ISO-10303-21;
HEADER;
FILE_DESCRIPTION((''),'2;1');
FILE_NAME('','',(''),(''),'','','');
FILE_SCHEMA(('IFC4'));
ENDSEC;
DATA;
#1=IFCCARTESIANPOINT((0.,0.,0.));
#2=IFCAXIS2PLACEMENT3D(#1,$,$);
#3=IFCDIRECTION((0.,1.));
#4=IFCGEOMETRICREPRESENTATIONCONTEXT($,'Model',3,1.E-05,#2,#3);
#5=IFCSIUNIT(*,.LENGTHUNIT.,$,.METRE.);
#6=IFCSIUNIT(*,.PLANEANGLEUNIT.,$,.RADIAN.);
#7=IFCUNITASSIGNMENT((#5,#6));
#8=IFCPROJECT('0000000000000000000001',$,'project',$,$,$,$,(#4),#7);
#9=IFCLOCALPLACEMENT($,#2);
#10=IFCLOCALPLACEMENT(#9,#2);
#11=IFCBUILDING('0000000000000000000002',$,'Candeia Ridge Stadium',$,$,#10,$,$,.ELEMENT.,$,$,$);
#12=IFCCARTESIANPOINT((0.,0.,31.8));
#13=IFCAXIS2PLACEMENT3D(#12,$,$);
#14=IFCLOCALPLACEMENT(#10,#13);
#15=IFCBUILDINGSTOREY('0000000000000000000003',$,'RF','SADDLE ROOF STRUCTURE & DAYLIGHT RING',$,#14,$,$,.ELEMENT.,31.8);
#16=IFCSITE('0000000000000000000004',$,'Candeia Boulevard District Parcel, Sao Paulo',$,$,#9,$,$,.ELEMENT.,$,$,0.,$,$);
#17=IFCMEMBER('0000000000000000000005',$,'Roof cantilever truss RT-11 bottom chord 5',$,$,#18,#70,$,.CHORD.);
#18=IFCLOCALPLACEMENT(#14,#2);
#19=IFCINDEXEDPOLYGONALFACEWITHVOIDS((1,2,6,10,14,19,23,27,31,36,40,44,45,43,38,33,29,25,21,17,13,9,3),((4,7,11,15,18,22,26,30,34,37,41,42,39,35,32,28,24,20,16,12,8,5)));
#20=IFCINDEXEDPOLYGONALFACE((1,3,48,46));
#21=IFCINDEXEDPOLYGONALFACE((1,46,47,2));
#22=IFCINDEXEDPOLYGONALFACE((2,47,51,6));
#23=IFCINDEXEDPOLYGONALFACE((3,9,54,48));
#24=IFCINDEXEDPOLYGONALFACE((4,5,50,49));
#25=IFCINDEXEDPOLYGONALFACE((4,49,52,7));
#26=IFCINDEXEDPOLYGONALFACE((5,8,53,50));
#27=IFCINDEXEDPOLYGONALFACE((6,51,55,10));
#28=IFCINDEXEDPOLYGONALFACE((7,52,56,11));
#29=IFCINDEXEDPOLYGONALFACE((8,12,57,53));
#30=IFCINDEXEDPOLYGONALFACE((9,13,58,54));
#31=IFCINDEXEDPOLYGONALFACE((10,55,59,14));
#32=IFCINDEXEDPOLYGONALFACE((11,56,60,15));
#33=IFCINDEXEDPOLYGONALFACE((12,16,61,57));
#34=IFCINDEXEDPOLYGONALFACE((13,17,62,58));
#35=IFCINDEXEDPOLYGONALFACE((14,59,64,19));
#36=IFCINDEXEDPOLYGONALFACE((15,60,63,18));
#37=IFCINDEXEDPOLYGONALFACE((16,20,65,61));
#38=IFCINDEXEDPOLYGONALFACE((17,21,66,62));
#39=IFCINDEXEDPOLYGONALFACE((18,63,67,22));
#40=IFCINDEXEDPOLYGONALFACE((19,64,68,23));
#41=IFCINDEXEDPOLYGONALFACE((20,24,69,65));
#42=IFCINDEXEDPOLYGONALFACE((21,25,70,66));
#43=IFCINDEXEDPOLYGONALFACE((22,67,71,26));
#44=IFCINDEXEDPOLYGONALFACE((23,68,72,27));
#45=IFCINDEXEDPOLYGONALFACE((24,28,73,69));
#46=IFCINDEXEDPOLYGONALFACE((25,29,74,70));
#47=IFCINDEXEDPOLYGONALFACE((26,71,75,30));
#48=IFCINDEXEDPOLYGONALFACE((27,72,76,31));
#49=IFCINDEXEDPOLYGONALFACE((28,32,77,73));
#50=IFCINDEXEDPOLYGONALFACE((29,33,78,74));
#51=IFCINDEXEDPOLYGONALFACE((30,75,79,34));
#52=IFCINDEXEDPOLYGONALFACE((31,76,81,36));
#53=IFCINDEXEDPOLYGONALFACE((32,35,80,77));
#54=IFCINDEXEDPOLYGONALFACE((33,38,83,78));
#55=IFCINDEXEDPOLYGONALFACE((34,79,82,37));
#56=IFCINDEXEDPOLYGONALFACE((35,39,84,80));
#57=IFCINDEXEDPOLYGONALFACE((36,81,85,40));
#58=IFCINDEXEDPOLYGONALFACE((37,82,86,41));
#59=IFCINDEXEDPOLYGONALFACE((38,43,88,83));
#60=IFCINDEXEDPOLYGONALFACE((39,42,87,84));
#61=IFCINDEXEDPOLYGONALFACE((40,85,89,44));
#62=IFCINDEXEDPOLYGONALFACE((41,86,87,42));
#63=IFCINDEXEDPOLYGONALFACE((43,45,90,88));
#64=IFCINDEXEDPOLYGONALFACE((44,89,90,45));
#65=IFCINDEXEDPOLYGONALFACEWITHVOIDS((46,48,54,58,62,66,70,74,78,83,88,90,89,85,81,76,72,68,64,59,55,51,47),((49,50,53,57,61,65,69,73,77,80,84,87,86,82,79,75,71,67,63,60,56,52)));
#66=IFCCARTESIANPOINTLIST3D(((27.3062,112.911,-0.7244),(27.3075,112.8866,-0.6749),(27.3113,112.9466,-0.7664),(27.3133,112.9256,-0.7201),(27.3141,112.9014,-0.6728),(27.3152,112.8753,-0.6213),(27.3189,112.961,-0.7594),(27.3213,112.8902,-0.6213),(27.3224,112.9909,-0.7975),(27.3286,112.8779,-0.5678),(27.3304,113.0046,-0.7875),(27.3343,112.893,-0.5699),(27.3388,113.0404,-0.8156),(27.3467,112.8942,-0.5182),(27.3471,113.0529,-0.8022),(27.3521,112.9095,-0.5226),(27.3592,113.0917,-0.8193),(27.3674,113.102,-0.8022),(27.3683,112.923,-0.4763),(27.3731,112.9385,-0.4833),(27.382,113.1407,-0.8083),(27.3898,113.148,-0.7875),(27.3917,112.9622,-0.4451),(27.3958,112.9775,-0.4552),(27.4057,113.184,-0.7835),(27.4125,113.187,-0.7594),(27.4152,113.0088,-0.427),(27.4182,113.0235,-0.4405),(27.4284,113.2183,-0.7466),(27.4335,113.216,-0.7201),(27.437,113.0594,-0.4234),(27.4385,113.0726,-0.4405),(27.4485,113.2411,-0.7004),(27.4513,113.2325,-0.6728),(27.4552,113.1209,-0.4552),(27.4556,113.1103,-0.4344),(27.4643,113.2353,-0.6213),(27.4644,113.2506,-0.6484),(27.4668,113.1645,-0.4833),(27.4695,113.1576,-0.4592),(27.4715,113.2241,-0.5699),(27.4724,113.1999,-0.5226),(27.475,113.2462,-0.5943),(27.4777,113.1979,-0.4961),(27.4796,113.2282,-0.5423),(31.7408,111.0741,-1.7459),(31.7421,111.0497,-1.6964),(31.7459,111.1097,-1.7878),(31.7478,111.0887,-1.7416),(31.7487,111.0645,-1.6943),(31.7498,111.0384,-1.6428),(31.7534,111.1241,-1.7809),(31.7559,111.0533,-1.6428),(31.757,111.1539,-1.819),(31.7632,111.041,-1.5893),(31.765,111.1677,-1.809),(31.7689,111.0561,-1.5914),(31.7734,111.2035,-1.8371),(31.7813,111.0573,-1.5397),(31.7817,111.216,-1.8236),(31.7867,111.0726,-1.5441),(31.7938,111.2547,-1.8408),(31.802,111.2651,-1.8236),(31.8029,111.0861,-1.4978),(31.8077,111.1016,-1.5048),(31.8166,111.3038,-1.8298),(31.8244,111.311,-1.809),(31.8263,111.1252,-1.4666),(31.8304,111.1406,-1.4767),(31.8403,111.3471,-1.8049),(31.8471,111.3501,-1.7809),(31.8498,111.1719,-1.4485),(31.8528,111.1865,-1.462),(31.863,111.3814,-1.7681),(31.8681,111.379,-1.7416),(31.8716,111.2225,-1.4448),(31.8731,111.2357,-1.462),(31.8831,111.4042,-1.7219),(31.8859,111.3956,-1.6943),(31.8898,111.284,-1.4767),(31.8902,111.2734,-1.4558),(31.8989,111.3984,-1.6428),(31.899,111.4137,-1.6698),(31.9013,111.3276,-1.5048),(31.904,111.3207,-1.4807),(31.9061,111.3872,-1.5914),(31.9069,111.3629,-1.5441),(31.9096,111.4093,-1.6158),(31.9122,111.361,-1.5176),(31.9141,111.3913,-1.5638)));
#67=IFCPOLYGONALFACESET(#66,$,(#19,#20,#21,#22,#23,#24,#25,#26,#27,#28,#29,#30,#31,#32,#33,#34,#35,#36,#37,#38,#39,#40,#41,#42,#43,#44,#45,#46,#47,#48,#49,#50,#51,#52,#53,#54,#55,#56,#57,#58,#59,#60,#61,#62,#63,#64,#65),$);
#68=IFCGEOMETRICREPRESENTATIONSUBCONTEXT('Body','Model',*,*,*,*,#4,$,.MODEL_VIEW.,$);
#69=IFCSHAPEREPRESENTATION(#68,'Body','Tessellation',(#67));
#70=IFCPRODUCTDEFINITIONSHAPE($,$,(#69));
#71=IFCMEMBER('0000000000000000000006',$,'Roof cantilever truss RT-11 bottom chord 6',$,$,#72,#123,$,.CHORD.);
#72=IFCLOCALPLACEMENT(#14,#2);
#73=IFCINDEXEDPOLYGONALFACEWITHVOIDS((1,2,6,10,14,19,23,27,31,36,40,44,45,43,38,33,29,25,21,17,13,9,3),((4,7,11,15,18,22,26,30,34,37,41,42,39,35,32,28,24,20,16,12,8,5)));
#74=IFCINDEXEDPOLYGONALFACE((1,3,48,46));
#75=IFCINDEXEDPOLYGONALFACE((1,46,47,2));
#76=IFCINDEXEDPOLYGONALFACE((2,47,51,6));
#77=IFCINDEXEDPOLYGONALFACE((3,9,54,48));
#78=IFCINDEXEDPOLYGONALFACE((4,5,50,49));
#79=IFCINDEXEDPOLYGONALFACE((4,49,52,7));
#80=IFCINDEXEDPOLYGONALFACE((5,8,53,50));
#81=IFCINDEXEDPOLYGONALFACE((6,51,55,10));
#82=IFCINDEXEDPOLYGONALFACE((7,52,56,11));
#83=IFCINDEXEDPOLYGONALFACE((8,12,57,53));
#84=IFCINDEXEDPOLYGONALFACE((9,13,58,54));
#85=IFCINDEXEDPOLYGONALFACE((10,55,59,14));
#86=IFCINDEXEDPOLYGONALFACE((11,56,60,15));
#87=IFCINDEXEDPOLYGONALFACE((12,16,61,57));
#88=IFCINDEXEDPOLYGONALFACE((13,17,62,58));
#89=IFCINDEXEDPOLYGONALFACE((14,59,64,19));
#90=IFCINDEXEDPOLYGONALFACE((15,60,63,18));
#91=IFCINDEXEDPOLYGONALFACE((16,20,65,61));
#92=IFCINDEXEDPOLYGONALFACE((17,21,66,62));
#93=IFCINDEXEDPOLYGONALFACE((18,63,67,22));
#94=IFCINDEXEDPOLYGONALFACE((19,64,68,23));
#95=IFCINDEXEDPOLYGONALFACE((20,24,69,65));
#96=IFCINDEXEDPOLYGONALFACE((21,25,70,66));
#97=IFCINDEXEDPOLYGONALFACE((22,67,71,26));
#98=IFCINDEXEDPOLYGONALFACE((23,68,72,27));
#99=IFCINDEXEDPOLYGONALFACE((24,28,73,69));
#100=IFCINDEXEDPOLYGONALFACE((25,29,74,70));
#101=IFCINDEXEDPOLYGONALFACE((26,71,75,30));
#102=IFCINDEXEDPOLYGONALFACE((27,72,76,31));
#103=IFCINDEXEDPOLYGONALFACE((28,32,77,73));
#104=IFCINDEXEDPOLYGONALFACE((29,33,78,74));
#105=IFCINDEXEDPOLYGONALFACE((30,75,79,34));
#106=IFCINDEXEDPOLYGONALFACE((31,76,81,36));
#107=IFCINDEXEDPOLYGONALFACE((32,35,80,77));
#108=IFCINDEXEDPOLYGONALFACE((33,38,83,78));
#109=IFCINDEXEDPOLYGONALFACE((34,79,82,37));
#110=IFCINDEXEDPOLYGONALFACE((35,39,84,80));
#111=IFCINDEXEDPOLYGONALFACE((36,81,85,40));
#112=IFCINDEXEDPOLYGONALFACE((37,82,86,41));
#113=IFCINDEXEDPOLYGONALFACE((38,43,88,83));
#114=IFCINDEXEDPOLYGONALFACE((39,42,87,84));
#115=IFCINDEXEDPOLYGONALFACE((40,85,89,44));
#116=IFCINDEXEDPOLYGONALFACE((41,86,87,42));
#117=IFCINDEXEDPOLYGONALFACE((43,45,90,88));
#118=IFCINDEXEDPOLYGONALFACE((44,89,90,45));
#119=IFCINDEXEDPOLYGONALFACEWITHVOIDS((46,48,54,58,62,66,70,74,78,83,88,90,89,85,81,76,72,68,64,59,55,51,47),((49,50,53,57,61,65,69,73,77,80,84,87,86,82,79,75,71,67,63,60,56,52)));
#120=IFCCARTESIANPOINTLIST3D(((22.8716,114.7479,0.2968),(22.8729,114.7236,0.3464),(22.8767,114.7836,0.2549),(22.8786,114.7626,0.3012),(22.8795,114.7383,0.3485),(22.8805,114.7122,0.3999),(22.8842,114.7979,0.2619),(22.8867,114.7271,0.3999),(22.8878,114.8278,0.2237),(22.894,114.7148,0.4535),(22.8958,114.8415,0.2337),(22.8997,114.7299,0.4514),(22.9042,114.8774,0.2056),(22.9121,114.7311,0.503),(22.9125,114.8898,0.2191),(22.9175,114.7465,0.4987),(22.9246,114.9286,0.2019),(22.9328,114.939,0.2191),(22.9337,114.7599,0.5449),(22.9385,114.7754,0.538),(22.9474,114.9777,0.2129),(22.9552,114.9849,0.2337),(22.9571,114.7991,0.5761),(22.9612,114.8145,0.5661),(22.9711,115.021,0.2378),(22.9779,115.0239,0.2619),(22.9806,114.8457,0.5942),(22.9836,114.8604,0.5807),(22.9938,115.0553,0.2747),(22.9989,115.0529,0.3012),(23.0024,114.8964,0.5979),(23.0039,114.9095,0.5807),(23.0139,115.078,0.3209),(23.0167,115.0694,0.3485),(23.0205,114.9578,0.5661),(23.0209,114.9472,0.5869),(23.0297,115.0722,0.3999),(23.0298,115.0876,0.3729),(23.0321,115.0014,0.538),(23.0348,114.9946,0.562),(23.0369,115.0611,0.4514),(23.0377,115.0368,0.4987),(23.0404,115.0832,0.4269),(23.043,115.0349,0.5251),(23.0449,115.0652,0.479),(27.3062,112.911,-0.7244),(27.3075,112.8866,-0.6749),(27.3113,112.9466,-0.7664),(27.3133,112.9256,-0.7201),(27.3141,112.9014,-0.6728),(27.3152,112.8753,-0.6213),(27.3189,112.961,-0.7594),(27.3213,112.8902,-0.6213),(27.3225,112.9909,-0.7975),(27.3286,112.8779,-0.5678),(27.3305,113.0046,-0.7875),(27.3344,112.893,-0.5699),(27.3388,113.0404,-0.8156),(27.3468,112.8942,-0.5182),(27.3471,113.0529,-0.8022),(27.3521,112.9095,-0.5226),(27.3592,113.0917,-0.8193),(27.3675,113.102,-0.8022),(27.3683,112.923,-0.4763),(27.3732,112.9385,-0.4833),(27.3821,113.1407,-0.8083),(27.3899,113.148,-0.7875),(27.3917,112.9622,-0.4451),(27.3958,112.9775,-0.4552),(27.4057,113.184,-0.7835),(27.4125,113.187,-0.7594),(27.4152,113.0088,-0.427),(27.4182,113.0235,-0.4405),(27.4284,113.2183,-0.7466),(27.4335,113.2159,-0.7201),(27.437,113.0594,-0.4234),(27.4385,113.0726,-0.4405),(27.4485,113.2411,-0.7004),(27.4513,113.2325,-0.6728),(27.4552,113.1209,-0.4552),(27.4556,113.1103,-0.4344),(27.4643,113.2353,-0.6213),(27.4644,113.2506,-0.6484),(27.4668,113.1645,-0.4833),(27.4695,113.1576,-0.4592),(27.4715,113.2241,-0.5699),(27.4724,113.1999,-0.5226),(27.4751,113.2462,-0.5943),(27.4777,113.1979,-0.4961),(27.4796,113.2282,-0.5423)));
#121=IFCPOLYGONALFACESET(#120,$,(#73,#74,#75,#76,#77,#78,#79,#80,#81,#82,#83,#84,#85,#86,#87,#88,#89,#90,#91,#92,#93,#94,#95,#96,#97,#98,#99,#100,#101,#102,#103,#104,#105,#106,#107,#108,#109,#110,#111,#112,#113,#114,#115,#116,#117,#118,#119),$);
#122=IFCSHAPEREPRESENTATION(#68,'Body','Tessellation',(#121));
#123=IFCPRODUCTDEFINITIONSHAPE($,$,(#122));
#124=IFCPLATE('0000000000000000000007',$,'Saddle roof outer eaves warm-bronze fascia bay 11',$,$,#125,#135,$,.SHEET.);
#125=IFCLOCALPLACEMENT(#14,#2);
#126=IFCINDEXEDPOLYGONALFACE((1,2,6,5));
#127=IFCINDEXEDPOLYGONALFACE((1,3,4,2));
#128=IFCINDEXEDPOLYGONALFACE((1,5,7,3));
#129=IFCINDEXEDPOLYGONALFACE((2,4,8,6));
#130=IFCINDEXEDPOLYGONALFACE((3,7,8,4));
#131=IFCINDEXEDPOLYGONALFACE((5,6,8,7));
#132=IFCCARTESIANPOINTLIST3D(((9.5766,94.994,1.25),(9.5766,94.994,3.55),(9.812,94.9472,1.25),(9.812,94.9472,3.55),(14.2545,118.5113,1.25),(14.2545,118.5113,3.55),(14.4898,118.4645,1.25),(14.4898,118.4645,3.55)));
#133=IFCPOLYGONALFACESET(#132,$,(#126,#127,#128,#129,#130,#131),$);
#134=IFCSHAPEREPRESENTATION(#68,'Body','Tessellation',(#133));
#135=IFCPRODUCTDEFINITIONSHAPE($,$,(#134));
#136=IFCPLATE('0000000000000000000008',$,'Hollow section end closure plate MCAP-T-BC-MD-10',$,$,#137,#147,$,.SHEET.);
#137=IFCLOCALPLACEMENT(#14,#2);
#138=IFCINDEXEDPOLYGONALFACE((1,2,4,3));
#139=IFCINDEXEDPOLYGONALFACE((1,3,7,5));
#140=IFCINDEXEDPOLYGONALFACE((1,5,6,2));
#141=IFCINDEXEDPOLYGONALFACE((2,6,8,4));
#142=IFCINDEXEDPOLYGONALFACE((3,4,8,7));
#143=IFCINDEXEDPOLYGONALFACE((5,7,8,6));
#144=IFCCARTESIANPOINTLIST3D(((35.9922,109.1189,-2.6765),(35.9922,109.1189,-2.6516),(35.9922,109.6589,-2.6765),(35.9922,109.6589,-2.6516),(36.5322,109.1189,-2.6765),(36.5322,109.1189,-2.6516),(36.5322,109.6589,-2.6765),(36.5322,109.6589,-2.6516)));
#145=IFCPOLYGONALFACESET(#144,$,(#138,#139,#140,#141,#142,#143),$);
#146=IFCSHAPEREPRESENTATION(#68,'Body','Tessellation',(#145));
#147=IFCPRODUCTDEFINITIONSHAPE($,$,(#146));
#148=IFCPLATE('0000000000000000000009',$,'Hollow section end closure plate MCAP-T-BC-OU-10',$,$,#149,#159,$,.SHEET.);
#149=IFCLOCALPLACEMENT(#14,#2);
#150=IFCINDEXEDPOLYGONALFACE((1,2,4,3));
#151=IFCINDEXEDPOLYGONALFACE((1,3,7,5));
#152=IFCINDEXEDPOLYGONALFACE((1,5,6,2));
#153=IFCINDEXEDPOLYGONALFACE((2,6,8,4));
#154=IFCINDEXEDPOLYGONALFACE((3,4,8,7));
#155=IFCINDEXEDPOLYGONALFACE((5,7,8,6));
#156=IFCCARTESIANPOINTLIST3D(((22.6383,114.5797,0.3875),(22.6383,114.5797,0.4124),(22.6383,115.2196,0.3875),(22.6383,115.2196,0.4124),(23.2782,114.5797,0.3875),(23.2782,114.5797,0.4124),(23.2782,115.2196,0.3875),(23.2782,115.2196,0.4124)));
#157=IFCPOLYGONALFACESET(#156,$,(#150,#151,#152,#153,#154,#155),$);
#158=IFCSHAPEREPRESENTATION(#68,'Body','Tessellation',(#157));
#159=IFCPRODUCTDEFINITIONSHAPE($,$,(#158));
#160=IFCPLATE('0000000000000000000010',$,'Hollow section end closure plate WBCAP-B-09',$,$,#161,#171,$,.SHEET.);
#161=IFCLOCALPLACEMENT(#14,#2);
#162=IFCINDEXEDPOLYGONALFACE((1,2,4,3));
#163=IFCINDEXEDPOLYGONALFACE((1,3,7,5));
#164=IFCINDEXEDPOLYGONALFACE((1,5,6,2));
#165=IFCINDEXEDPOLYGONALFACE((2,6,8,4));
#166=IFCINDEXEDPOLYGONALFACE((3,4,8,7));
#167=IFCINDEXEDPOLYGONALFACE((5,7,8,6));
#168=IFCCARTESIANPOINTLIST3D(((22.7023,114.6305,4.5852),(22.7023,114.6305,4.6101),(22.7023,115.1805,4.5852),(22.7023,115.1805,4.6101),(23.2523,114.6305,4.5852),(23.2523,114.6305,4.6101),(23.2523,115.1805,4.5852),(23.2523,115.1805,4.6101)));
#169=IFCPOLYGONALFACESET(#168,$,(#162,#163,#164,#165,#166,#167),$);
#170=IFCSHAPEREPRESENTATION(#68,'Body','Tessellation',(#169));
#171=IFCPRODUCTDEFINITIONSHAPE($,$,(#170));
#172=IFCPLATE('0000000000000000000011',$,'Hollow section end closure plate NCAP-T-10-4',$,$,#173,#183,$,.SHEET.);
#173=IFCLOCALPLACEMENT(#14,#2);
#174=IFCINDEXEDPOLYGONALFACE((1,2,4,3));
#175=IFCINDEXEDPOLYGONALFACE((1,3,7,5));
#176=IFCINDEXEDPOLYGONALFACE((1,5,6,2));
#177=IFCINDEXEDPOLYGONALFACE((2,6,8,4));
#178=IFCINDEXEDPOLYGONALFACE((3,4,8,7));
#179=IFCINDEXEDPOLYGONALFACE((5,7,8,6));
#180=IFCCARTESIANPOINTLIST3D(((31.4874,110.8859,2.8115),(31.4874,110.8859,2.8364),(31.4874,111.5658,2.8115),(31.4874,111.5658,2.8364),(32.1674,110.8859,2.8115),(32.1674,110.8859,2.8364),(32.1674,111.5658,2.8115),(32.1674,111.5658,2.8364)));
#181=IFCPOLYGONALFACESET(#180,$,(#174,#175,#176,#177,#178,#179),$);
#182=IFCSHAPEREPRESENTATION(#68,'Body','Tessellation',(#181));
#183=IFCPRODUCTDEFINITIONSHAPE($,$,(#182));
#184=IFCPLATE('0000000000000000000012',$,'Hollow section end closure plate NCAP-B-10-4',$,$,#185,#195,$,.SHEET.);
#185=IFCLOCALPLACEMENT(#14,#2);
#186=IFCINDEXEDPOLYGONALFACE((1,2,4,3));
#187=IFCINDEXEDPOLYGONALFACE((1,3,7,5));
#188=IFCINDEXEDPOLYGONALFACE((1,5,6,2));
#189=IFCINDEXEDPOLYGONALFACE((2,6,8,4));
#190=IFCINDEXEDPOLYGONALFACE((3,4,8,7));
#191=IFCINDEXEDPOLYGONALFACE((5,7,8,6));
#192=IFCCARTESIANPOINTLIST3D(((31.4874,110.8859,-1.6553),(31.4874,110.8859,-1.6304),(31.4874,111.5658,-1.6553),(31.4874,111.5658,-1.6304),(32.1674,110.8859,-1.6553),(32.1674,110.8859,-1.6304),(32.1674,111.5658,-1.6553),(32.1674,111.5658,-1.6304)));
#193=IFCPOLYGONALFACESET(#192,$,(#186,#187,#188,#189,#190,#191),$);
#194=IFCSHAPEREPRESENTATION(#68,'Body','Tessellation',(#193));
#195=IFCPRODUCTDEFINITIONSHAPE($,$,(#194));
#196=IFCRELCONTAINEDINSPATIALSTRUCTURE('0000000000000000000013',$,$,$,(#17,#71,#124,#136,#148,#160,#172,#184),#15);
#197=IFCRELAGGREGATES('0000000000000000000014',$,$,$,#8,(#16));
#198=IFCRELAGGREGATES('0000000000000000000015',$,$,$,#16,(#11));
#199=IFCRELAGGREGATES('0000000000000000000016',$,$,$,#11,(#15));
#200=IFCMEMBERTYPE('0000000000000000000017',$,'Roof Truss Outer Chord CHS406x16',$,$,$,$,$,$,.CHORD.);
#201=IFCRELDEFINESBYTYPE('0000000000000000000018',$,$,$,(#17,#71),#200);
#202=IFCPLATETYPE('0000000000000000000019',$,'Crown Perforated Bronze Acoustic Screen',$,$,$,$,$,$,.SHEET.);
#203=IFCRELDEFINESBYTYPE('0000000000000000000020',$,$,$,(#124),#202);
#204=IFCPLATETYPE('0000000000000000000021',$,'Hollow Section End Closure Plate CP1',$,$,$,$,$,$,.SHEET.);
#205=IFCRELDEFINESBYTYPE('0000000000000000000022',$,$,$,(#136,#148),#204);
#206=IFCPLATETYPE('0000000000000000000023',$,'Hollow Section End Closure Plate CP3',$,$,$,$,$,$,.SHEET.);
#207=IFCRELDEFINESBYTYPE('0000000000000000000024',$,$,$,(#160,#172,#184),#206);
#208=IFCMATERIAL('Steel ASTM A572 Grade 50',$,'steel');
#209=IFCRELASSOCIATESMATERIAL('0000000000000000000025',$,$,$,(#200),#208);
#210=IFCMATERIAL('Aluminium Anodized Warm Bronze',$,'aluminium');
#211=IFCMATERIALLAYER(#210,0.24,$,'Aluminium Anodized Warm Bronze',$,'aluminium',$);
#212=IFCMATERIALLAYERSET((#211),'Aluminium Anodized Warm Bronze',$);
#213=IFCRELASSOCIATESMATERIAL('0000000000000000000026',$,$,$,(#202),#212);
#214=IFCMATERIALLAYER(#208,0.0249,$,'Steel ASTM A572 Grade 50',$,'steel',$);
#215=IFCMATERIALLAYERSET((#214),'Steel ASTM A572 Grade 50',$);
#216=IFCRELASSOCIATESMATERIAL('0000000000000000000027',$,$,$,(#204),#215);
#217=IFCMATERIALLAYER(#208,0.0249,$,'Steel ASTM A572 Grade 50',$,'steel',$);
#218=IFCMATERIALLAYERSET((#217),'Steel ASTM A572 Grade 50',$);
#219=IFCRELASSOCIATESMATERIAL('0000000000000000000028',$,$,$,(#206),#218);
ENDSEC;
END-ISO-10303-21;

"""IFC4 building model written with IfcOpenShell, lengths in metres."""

from ifc_helpers import new_model, si_unit, direction, frame, origin, origin_2d, place, context, subcontext, project, spatial, rectangle, hollow_circle, extrude, material, layer, layer_set, material_profile, profile_set, type_object, element, save


model = new_model("IFC4")

# Units and contexts
model_context = context("Model", 3, precision=1e-05, world=origin(), true_north=direction((0.0, 1.0)))
body_context = subcontext(model_context, "Body", "Model", "MODEL_VIEW")
ifc_project = project(units=[si_unit("LENGTHUNIT", "METRE"), si_unit("PLANEANGLEUNIT", "RADIAN")], contexts=[model_context])

# Site, building, storey
site_placement = place(None, origin())
site = spatial("IfcSite", under=ifc_project, at=site_placement, Name="Candeia Boulevard District Parcel, Sao Paulo", CompositionType="ELEMENT", RefElevation=0.0)
building_placement = place(site_placement, origin())
building = spatial("IfcBuilding", under=site, at=building_placement, Name="Candeia Ridge Stadium", CompositionType="ELEMENT")
storey_placement = place(building_placement, frame((0.0, 0.0, 31.8)))
storey = spatial("IfcBuildingStorey", under=building, at=storey_placement, Name="RF", Description="SADDLE ROOF STRUCTURE & DAYLIGHT RING", CompositionType="ELEMENT", Elevation=31.8)

# Shared definitions
ifc_material_1 = material(Name="Steel ASTM A572 Grade 50", Category="steel")

# Members
ifc_material_profile_1 = material_profile(ifc_material_1, hollow_circle(Radius=0.2029, WallThickness=0.0161, at=origin_2d()), Name="CHS406x16", Category="steel")
ifc_profile_set_1 = profile_set([ifc_material_profile_1], Name="Steel ASTM A572 Grade 50")
member_type_1 = type_object("IfcMemberType", Name="Roof Truss Outer Chord CHS406x16", PredefinedType="CHORD", material=ifc_profile_set_1)
for number, where, z_axis, x_axis, name in (
    (1, (31.8274, 111.2258, -1.6428), (-0.90364, 0.374311, 0.20815), (-0.382693, -0.923875, 0.0), "Roof cantilever truss RT-11 bottom chord 5"),
    (2, (27.3928, 113.0627, -0.6213), (-0.903649, 0.374315, 0.208102), (-0.382693, -0.923875, 0.0), "Roof cantilever truss RT-11 bottom chord 6"),
):
    element("IfcMember", number, at=place(storey_placement, frame(where, z_axis=z_axis, x_axis=x_axis)), inside=storey, type_object=member_type_1, Name=name, PredefinedType="CHORD", context=body_context, shape_type="SweptSolid", body=[
        extrude(hollow_circle(Radius=0.2029, WallThickness=0.0161, at=origin_2d()), origin(), (0.0, 0.0, 1.0), 4.9075),
    ])

# Plates
ifc_material_2 = material(Name="Aluminium Anodized Warm Bronze", Category="aluminium")
ifc_layer_1 = layer(ifc_material_2, 0.24, Name="Aluminium Anodized Warm Bronze", Category="aluminium")
ifc_layer_set_1 = layer_set([ifc_layer_1], Name="Aluminium Anodized Warm Bronze")
plate_type_1 = type_object("IfcPlateType", Name="Crown Perforated Bronze Acoustic Screen", PredefinedType="SHEET", material=ifc_layer_set_1)
plate_1_placement = place(storey_placement, frame((12.0332, 106.7292, 1.25), z_axis=(0.0, 0.0, 1.0), x_axis=(-0.19509, -0.980785, 0.0)))
element("IfcPlate", 3, at=plate_1_placement, inside=storey, type_object=plate_type_1, Name="Saddle roof outer eaves warm-bronze fascia bay 11", PredefinedType="SHEET", context=body_context, shape_type="SweptSolid", body=[
    extrude(rectangle(XDim=23.978, YDim=0.24, at=origin_2d()), origin(), (0.0, 0.0, 1.0), 2.3),
])
ifc_layer_2 = layer(ifc_material_1, 0.0249, Name="Steel ASTM A572 Grade 50", Category="steel")
ifc_layer_set_2 = layer_set([ifc_layer_2], Name="Steel ASTM A572 Grade 50")
plate_type_2 = type_object("IfcPlateType", Name="Hollow Section End Closure Plate CP1", PredefinedType="SHEET", material=ifc_layer_set_2)
plate_2_placement = place(storey_placement, frame((36.2622, 109.3889, -2.6765), z_axis=(0.0, 0.0, 1.0), x_axis=(1.0, 0.0, 0.0)))
element("IfcPlate", 4, at=plate_2_placement, inside=storey, type_object=plate_type_2, Name="Hollow section end closure plate MCAP-T-BC-MD-10", PredefinedType="SHEET", context=body_context, shape_type="SweptSolid", body=[
    extrude(rectangle(XDim=0.54, YDim=0.54, at=origin_2d()), origin(), (0.0, 0.0, 1.0), 0.0249),
])
plate_3_placement = place(storey_placement, frame((22.9583, 114.8997, 0.3875), z_axis=(0.0, 0.0, 1.0), x_axis=(1.0, 0.0, 0.0)))
element("IfcPlate", 5, at=plate_3_placement, inside=storey, type_object=plate_type_2, Name="Hollow section end closure plate MCAP-T-BC-OU-10", PredefinedType="SHEET", context=body_context, shape_type="SweptSolid", body=[
    extrude(rectangle(XDim=0.6399, YDim=0.6399, at=origin_2d()), origin(), (0.0, 0.0, 1.0), 0.0249),
])
ifc_layer_3 = layer(ifc_material_1, 0.0249, Name="Steel ASTM A572 Grade 50", Category="steel")
ifc_layer_set_3 = layer_set([ifc_layer_3], Name="Steel ASTM A572 Grade 50")
plate_type_3 = type_object("IfcPlateType", Name="Hollow Section End Closure Plate CP3", PredefinedType="SHEET", material=ifc_layer_set_3)
plate_4_placement = place(storey_placement, frame((22.9773, 114.9055, 4.5852), z_axis=(0.0, 0.0, 1.0), x_axis=(1.0, 0.0, 0.0)))
element("IfcPlate", 6, at=plate_4_placement, inside=storey, type_object=plate_type_3, Name="Hollow section end closure plate WBCAP-B-09", PredefinedType="SHEET", context=body_context, shape_type="SweptSolid", body=[
    extrude(rectangle(XDim=0.55, YDim=0.55, at=origin_2d()), origin(), (0.0, 0.0, 1.0), 0.0249),
])
for number, where, z_axis, x_axis, name in (
    (7, (31.8274, 111.2258, 2.8115), (0.0, 0.0, 1.0), (1.0, 0.0, 0.0), "Hollow section end closure plate NCAP-T-10-4"),
    (8, (31.8274, 111.2258, -1.6553), (0.0, 0.0, 1.0), (1.0, 0.0, 0.0), "Hollow section end closure plate NCAP-B-10-4"),
):
    element("IfcPlate", number, at=place(storey_placement, frame(where, z_axis=z_axis, x_axis=x_axis)), inside=storey, type_object=plate_type_3, Name=name, PredefinedType="SHEET", context=body_context, shape_type="SweptSolid", body=[
        extrude(rectangle(XDim=0.6799, YDim=0.6799, at=origin_2d()), origin(), (0.0, 0.0, 1.0), 0.0249),
    ])

save(model, "model.ifc")
